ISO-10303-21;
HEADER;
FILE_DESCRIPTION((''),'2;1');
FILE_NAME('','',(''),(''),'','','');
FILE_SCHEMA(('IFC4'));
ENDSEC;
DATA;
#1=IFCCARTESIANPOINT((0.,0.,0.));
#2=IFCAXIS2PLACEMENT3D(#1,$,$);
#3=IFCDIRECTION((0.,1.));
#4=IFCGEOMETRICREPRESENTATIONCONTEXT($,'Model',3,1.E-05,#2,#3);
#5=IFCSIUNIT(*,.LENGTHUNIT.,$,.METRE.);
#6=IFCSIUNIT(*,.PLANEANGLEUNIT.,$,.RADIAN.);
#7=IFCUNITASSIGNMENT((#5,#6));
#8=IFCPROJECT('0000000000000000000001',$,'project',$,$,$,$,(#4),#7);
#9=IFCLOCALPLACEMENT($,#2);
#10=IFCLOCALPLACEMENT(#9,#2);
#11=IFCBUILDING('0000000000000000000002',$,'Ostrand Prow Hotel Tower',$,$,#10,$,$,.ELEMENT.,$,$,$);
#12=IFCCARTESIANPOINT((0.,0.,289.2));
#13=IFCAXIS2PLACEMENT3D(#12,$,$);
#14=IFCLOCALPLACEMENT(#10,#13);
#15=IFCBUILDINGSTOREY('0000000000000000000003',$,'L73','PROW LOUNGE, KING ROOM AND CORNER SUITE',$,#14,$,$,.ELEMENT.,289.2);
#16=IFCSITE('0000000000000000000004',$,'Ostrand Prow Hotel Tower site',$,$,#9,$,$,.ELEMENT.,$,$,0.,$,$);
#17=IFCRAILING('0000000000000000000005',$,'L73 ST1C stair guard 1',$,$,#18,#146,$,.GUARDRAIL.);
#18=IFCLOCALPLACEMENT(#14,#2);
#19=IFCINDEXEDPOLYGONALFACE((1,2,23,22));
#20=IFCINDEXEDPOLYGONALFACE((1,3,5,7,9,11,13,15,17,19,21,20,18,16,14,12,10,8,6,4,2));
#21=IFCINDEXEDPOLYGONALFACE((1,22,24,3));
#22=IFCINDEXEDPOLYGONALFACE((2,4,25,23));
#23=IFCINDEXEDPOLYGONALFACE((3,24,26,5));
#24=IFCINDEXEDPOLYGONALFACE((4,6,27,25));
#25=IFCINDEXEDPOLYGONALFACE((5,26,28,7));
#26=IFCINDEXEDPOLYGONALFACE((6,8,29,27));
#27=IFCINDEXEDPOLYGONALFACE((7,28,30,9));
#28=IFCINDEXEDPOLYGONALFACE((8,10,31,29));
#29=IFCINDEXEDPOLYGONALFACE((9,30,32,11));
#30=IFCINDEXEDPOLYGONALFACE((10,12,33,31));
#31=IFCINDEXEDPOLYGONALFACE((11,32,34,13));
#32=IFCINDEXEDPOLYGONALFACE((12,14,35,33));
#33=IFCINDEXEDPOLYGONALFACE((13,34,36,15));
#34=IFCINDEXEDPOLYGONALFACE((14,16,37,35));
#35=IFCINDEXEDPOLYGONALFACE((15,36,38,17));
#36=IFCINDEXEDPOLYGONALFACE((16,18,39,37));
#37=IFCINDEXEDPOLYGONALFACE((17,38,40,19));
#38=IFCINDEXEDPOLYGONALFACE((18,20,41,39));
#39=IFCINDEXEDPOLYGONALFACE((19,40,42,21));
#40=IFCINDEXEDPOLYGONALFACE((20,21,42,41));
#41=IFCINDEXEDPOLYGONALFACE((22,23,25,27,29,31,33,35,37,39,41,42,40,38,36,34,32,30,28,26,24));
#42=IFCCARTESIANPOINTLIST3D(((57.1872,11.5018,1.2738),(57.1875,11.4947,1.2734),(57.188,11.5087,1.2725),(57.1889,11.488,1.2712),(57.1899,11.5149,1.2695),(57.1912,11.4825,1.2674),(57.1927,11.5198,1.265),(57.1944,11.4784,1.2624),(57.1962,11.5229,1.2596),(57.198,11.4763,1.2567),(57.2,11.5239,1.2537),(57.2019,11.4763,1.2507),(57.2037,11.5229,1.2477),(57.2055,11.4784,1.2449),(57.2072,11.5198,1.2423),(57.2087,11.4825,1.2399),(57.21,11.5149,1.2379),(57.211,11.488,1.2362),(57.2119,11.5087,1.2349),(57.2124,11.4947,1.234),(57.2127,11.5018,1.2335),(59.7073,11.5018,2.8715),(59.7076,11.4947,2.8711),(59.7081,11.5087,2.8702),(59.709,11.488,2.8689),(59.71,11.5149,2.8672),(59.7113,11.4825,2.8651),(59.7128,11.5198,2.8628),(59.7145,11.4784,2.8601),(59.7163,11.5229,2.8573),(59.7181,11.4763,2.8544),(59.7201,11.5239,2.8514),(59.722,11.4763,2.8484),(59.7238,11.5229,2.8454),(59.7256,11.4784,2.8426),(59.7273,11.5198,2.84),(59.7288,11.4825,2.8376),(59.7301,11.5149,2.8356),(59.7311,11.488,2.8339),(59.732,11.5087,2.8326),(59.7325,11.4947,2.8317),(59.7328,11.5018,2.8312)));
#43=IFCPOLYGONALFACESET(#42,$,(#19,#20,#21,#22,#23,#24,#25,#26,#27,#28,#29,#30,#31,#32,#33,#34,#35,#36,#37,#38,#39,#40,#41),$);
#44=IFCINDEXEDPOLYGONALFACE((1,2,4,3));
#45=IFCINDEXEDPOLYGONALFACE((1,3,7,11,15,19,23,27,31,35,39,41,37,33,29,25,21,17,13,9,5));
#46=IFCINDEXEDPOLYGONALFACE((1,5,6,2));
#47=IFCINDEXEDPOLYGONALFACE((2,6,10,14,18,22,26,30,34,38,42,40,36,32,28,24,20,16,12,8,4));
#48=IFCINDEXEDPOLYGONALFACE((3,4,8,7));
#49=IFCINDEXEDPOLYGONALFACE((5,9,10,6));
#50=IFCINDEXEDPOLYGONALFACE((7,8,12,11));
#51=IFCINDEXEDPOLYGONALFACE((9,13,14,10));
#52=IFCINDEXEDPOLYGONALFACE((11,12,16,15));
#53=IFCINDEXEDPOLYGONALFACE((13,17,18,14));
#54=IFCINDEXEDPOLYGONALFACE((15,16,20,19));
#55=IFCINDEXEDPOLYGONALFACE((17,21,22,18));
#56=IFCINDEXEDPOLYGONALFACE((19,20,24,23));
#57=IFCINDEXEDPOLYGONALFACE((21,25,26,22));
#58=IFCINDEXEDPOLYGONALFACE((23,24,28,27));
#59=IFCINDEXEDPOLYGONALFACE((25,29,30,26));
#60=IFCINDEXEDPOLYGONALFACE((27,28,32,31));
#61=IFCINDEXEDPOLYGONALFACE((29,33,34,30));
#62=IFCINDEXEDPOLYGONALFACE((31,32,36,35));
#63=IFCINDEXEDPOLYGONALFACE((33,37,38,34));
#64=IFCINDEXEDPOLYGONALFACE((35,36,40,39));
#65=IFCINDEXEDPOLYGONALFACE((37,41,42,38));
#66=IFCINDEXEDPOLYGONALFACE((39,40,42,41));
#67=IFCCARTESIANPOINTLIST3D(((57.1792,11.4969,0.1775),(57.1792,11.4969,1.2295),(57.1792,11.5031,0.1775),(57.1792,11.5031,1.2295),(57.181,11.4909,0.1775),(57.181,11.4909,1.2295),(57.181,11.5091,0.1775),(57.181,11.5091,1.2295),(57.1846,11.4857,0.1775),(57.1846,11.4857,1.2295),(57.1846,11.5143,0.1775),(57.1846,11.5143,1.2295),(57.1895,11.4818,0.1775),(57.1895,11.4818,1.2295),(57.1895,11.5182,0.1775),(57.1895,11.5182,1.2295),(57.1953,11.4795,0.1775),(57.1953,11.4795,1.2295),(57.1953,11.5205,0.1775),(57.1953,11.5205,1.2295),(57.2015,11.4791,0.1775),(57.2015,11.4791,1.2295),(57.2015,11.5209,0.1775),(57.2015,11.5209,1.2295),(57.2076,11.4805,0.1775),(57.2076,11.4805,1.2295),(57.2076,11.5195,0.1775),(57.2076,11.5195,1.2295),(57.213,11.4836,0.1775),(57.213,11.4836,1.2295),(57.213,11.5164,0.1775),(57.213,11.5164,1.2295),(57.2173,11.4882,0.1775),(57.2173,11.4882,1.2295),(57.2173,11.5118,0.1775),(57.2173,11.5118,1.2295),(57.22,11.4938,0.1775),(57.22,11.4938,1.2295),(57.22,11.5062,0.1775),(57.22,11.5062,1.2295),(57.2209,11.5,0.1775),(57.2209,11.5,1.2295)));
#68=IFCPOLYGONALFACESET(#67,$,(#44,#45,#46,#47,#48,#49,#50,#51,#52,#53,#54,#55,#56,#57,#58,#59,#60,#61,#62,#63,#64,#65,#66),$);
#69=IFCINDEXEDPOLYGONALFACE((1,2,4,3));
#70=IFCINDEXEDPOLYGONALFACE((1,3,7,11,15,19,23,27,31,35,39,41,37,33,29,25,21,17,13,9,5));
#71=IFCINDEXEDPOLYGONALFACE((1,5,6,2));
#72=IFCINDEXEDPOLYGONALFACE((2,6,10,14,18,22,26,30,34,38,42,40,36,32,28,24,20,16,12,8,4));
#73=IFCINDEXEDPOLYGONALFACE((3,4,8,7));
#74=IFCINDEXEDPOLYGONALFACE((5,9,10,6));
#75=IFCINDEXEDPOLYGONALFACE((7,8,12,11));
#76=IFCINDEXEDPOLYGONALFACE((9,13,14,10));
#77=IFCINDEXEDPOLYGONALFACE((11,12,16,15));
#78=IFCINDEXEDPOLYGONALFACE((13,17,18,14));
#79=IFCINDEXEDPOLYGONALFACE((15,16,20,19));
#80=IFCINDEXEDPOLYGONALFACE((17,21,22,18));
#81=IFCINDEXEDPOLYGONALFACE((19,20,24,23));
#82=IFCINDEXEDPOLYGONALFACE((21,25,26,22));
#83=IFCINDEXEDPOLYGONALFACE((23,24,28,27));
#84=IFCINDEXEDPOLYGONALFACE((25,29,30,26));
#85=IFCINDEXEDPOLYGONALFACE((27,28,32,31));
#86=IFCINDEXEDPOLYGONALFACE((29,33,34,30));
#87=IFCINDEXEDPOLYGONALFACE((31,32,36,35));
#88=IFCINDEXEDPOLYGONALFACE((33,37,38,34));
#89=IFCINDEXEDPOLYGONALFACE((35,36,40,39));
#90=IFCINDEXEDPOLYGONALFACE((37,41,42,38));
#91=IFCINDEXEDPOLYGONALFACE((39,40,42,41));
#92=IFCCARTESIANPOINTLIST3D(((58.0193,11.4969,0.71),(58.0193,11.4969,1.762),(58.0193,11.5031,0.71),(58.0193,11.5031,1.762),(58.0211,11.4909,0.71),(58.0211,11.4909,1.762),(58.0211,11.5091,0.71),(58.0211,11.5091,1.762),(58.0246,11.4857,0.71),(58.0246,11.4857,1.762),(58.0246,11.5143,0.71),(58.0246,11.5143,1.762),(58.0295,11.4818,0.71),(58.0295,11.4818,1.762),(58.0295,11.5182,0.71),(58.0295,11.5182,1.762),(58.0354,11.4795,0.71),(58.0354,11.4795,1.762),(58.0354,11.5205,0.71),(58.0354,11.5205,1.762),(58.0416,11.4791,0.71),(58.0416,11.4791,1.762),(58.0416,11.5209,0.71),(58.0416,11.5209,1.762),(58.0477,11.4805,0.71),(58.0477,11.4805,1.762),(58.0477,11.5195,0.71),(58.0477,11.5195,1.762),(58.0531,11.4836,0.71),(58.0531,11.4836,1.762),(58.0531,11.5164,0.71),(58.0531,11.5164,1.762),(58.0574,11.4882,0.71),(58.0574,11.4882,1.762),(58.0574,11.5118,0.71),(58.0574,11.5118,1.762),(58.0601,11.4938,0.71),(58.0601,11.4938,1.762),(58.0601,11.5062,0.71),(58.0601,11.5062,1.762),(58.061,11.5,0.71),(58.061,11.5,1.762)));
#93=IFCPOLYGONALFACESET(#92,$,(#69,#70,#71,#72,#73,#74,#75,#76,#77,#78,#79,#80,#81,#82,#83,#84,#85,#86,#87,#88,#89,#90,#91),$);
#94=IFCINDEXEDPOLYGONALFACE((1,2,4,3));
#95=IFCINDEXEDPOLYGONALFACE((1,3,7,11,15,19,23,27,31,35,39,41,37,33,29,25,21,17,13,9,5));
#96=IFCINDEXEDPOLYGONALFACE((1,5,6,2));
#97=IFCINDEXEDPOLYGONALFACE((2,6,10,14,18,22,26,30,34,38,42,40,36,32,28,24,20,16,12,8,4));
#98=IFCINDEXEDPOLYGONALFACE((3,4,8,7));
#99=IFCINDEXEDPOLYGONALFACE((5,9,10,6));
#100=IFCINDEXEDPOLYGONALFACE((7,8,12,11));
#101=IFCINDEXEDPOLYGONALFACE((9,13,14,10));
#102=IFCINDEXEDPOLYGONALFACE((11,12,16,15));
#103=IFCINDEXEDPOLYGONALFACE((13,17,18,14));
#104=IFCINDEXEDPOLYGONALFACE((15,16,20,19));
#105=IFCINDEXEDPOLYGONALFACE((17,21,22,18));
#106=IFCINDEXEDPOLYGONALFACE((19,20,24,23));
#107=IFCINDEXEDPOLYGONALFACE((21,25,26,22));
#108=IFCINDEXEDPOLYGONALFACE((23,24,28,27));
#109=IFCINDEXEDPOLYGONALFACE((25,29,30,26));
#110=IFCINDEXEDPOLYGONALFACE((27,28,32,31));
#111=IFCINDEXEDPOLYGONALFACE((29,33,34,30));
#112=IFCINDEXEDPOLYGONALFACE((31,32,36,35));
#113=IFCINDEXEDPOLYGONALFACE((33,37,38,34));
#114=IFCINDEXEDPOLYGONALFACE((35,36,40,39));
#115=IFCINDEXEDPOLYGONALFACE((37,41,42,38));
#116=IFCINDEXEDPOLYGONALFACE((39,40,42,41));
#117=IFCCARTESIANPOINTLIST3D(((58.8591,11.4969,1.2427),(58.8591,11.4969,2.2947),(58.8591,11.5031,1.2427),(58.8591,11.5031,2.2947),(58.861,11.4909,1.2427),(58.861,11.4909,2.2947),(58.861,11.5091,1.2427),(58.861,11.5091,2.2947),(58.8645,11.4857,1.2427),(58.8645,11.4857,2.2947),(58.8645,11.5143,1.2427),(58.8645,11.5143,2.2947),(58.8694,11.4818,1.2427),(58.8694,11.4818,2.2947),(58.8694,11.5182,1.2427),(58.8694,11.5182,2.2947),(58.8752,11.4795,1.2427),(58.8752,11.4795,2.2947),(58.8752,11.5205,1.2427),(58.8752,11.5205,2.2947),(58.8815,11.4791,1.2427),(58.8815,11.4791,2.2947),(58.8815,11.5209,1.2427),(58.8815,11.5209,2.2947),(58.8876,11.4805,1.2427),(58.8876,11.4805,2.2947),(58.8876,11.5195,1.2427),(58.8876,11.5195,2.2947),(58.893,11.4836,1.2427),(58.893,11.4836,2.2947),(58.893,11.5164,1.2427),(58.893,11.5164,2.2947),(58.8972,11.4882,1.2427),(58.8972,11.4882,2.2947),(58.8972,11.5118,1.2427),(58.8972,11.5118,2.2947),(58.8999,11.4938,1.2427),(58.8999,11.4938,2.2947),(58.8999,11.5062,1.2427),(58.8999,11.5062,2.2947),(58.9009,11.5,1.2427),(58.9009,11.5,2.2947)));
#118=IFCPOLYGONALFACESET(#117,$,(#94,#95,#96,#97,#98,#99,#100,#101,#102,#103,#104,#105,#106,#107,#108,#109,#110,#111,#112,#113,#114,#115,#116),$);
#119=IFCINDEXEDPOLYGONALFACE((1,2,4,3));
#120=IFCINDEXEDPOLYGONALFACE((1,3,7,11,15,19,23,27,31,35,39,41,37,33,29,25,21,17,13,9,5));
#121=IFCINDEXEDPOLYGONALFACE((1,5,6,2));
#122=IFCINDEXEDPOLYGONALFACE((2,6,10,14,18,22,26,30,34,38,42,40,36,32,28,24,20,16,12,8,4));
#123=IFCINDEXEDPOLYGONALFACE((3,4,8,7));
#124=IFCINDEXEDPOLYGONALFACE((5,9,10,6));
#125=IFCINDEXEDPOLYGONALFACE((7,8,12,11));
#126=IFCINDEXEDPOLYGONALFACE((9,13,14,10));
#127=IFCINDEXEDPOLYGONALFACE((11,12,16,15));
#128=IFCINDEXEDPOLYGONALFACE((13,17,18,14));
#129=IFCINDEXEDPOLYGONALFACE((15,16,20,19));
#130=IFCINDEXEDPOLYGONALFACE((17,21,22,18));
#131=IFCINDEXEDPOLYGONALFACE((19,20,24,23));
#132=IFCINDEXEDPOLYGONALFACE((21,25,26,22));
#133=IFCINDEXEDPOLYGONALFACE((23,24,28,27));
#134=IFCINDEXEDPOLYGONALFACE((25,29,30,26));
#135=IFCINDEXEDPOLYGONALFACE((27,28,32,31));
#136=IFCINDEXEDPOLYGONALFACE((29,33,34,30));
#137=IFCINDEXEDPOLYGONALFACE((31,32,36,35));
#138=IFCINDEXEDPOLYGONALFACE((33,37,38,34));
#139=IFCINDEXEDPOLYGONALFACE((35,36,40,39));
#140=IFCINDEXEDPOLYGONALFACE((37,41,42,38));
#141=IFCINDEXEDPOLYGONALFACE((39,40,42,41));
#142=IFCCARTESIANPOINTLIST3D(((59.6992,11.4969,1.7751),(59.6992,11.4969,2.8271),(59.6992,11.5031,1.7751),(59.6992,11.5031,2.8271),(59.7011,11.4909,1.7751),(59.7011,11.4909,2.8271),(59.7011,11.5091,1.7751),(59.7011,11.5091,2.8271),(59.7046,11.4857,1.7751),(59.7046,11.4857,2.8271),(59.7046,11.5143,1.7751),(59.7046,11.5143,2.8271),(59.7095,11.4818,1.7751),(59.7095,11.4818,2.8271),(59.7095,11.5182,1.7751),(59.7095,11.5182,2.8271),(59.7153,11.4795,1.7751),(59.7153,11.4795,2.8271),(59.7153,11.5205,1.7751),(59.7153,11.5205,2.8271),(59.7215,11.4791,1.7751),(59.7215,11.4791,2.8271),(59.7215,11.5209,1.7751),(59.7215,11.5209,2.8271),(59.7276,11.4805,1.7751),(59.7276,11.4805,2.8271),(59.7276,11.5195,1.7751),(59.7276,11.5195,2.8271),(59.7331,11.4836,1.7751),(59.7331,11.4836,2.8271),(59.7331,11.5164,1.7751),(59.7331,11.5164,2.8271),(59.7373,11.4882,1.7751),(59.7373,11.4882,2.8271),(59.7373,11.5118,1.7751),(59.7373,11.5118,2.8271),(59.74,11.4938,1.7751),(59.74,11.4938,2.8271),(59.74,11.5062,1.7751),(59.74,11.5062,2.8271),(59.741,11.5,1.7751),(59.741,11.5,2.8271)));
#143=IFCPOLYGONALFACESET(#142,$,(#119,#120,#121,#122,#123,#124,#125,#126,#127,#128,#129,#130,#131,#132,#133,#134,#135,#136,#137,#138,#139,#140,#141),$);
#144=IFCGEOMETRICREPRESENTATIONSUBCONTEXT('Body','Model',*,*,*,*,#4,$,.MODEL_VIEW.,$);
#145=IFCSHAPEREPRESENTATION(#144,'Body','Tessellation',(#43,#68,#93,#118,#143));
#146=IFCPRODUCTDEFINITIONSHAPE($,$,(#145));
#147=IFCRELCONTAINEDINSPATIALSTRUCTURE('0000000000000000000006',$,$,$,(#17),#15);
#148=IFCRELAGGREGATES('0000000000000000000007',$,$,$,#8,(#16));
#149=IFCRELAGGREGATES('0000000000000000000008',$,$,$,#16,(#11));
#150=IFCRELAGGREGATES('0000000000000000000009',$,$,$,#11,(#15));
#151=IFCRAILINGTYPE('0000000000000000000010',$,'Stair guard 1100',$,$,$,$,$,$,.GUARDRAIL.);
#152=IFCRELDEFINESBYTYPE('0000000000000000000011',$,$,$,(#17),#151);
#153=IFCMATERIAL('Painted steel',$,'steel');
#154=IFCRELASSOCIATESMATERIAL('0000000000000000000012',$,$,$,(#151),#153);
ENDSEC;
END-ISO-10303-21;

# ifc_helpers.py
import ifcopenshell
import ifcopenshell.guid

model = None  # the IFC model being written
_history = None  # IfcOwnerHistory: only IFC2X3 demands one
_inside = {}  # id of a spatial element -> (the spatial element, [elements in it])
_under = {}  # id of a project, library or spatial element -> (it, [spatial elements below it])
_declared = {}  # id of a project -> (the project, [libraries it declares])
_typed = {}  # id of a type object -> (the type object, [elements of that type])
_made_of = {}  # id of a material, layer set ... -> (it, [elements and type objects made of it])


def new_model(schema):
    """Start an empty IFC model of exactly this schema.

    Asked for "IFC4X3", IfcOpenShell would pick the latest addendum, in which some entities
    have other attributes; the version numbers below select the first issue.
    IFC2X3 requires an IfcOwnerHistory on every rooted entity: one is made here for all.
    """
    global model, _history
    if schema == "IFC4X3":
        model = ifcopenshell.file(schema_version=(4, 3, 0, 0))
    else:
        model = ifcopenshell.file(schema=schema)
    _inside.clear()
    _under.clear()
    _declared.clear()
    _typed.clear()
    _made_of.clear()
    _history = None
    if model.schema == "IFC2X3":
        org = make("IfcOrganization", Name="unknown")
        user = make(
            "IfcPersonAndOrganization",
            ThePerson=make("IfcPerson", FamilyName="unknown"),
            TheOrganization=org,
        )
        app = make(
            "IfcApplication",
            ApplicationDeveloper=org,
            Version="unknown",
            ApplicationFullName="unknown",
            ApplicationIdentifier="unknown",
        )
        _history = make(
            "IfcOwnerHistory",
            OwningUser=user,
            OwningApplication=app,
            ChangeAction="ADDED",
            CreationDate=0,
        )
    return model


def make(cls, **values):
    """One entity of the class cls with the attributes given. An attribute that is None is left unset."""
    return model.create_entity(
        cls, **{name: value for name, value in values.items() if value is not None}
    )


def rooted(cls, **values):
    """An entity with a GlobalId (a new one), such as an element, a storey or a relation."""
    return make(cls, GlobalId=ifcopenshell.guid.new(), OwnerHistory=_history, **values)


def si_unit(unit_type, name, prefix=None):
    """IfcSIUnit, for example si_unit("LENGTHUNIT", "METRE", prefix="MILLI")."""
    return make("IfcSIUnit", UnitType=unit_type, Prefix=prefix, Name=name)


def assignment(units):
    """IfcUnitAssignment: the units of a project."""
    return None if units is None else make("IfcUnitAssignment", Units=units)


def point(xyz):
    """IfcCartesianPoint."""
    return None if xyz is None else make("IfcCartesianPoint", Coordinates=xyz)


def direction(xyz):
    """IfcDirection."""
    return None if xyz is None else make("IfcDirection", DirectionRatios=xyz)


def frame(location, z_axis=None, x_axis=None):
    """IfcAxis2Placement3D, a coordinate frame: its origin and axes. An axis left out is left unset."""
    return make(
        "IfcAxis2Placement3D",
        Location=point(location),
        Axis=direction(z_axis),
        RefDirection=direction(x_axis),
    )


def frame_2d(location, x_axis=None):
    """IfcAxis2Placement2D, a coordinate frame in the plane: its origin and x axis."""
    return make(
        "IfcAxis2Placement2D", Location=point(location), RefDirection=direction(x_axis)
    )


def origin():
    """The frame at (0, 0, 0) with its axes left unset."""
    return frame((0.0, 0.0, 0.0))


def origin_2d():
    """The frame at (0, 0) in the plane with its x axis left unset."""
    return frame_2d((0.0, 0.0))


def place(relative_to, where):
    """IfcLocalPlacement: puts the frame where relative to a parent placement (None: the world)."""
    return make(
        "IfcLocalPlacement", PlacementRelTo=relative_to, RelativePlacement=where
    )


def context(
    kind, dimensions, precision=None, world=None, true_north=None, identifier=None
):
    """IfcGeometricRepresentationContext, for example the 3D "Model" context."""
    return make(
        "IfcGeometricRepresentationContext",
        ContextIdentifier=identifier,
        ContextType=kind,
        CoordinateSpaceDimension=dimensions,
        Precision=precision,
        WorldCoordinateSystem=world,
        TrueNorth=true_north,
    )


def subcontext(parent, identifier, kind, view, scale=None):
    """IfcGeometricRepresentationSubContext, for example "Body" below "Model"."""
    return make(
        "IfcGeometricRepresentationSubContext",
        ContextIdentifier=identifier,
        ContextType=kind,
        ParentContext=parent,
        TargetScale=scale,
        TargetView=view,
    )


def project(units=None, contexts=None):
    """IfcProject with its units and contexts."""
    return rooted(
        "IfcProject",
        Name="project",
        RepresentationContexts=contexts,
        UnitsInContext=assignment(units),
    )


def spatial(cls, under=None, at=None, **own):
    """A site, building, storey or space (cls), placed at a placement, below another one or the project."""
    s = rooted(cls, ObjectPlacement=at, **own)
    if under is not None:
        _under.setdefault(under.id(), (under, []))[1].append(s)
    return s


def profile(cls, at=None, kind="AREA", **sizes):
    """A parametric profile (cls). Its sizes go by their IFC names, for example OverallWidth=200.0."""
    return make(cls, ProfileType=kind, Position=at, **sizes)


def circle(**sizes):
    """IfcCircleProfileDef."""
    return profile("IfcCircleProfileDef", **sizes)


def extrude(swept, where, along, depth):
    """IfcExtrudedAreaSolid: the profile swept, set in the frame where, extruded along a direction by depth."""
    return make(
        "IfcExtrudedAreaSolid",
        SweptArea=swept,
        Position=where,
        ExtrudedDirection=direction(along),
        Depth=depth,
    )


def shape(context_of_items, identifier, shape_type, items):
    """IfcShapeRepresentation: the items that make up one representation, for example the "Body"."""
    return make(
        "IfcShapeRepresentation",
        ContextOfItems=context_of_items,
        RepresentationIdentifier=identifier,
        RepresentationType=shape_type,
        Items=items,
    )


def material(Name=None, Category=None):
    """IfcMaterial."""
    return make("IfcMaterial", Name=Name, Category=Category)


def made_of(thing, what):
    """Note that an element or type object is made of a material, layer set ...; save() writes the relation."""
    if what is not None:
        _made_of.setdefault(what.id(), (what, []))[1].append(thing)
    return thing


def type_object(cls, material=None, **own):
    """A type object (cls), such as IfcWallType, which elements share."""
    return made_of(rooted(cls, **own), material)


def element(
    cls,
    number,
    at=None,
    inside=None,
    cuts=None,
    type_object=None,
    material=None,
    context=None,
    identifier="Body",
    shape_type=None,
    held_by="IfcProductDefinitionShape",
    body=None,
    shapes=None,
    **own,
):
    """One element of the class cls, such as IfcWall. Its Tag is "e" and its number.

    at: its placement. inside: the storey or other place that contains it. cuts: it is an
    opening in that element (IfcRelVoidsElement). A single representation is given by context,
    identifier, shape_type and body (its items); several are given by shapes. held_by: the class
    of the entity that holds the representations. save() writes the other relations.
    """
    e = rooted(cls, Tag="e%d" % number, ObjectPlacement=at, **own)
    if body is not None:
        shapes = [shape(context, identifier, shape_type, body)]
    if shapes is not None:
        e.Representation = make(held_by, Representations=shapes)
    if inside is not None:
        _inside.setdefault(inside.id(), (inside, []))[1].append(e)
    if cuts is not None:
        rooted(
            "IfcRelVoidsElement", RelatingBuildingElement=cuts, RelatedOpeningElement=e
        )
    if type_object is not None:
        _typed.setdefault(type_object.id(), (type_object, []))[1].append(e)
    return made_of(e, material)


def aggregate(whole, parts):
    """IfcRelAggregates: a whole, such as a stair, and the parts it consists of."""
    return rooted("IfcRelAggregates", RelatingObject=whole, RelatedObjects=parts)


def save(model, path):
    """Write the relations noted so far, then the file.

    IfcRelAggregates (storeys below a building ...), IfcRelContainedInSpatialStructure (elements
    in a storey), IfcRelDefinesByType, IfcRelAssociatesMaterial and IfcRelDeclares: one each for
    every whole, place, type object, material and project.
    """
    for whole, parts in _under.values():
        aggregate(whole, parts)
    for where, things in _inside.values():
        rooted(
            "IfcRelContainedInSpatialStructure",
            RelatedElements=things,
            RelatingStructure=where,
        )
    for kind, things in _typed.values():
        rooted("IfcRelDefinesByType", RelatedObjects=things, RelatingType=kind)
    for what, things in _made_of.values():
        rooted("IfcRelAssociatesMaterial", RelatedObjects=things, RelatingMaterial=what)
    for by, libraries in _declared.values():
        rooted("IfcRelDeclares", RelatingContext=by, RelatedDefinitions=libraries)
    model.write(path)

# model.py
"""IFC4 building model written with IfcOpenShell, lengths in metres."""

from ifc_helpers import new_model, si_unit, direction, frame, origin, origin_2d, place, context, subcontext, project, spatial, circle, extrude, material, type_object, element, save


model = new_model("IFC4")

# Units and contexts
model_context = context("Model", 3, precision=1e-05, world=origin(), true_north=direction((0.0, 1.0)))
body_context = subcontext(model_context, "Body", "Model", "MODEL_VIEW")
ifc_project = project(units=[si_unit("LENGTHUNIT", "METRE"), si_unit("PLANEANGLEUNIT", "RADIAN")], contexts=[model_context])

# Site, building, storey
site_placement = place(None, origin())
site = spatial("IfcSite", under=ifc_project, at=site_placement, Name="Ostrand Prow Hotel Tower site", CompositionType="ELEMENT", RefElevation=0.0)
building_placement = place(site_placement, origin())
building = spatial("IfcBuilding", under=site, at=building_placement, Name="Ostrand Prow Hotel Tower", CompositionType="ELEMENT")
storey_placement = place(building_placement, frame((0.0, 0.0, 289.2)))
storey = spatial("IfcBuildingStorey", under=building, at=storey_placement, Name="L73", Description="PROW LOUNGE, KING ROOM AND CORNER SUITE", CompositionType="ELEMENT", Elevation=289.2)

# Railing
ifc_material_1 = material(Name="Painted steel", Category="steel")
railing_type_1 = type_object("IfcRailingType", Name="Stair guard 1100", PredefinedType="GUARDRAIL", material=ifc_material_1)
railing_1_placement = place(storey_placement, frame((57.2, 11.5, 0.1775)))
element("IfcRailing", 1, at=railing_1_placement, inside=storey, type_object=railing_type_1, Name="L73 ST1C stair guard 1", PredefinedType="GUARDRAIL", context=body_context, shape_type="SweptSolid", body=[
    extrude(circle(Radius=0.0239, at=origin_2d()), frame((0.0, 0.0, 1.0762), z_axis=(0.84457, 0.0, 0.535445), x_axis=(0.0, 1.0, 0.0)), (0.0, 0.0, 1.0), 2.9839),
    extrude(circle(Radius=0.021, at=origin_2d()), origin(), (0.0, 0.0, 1.0), 1.052),
    extrude(circle(Radius=0.021, at=origin_2d()), frame((0.8401, 0.0, 0.5325)), (0.0, 0.0, 1.0), 1.052),
    extrude(circle(Radius=0.021, at=origin_2d()), frame((1.6799, 0.0, 1.0652)), (0.0, 0.0, 1.0), 1.052),
    extrude(circle(Radius=0.021, at=origin_2d()), frame((2.52, 0.0, 1.5977)), (0.0, 0.0, 1.0), 1.052),
])

save(model, "model.ifc")
